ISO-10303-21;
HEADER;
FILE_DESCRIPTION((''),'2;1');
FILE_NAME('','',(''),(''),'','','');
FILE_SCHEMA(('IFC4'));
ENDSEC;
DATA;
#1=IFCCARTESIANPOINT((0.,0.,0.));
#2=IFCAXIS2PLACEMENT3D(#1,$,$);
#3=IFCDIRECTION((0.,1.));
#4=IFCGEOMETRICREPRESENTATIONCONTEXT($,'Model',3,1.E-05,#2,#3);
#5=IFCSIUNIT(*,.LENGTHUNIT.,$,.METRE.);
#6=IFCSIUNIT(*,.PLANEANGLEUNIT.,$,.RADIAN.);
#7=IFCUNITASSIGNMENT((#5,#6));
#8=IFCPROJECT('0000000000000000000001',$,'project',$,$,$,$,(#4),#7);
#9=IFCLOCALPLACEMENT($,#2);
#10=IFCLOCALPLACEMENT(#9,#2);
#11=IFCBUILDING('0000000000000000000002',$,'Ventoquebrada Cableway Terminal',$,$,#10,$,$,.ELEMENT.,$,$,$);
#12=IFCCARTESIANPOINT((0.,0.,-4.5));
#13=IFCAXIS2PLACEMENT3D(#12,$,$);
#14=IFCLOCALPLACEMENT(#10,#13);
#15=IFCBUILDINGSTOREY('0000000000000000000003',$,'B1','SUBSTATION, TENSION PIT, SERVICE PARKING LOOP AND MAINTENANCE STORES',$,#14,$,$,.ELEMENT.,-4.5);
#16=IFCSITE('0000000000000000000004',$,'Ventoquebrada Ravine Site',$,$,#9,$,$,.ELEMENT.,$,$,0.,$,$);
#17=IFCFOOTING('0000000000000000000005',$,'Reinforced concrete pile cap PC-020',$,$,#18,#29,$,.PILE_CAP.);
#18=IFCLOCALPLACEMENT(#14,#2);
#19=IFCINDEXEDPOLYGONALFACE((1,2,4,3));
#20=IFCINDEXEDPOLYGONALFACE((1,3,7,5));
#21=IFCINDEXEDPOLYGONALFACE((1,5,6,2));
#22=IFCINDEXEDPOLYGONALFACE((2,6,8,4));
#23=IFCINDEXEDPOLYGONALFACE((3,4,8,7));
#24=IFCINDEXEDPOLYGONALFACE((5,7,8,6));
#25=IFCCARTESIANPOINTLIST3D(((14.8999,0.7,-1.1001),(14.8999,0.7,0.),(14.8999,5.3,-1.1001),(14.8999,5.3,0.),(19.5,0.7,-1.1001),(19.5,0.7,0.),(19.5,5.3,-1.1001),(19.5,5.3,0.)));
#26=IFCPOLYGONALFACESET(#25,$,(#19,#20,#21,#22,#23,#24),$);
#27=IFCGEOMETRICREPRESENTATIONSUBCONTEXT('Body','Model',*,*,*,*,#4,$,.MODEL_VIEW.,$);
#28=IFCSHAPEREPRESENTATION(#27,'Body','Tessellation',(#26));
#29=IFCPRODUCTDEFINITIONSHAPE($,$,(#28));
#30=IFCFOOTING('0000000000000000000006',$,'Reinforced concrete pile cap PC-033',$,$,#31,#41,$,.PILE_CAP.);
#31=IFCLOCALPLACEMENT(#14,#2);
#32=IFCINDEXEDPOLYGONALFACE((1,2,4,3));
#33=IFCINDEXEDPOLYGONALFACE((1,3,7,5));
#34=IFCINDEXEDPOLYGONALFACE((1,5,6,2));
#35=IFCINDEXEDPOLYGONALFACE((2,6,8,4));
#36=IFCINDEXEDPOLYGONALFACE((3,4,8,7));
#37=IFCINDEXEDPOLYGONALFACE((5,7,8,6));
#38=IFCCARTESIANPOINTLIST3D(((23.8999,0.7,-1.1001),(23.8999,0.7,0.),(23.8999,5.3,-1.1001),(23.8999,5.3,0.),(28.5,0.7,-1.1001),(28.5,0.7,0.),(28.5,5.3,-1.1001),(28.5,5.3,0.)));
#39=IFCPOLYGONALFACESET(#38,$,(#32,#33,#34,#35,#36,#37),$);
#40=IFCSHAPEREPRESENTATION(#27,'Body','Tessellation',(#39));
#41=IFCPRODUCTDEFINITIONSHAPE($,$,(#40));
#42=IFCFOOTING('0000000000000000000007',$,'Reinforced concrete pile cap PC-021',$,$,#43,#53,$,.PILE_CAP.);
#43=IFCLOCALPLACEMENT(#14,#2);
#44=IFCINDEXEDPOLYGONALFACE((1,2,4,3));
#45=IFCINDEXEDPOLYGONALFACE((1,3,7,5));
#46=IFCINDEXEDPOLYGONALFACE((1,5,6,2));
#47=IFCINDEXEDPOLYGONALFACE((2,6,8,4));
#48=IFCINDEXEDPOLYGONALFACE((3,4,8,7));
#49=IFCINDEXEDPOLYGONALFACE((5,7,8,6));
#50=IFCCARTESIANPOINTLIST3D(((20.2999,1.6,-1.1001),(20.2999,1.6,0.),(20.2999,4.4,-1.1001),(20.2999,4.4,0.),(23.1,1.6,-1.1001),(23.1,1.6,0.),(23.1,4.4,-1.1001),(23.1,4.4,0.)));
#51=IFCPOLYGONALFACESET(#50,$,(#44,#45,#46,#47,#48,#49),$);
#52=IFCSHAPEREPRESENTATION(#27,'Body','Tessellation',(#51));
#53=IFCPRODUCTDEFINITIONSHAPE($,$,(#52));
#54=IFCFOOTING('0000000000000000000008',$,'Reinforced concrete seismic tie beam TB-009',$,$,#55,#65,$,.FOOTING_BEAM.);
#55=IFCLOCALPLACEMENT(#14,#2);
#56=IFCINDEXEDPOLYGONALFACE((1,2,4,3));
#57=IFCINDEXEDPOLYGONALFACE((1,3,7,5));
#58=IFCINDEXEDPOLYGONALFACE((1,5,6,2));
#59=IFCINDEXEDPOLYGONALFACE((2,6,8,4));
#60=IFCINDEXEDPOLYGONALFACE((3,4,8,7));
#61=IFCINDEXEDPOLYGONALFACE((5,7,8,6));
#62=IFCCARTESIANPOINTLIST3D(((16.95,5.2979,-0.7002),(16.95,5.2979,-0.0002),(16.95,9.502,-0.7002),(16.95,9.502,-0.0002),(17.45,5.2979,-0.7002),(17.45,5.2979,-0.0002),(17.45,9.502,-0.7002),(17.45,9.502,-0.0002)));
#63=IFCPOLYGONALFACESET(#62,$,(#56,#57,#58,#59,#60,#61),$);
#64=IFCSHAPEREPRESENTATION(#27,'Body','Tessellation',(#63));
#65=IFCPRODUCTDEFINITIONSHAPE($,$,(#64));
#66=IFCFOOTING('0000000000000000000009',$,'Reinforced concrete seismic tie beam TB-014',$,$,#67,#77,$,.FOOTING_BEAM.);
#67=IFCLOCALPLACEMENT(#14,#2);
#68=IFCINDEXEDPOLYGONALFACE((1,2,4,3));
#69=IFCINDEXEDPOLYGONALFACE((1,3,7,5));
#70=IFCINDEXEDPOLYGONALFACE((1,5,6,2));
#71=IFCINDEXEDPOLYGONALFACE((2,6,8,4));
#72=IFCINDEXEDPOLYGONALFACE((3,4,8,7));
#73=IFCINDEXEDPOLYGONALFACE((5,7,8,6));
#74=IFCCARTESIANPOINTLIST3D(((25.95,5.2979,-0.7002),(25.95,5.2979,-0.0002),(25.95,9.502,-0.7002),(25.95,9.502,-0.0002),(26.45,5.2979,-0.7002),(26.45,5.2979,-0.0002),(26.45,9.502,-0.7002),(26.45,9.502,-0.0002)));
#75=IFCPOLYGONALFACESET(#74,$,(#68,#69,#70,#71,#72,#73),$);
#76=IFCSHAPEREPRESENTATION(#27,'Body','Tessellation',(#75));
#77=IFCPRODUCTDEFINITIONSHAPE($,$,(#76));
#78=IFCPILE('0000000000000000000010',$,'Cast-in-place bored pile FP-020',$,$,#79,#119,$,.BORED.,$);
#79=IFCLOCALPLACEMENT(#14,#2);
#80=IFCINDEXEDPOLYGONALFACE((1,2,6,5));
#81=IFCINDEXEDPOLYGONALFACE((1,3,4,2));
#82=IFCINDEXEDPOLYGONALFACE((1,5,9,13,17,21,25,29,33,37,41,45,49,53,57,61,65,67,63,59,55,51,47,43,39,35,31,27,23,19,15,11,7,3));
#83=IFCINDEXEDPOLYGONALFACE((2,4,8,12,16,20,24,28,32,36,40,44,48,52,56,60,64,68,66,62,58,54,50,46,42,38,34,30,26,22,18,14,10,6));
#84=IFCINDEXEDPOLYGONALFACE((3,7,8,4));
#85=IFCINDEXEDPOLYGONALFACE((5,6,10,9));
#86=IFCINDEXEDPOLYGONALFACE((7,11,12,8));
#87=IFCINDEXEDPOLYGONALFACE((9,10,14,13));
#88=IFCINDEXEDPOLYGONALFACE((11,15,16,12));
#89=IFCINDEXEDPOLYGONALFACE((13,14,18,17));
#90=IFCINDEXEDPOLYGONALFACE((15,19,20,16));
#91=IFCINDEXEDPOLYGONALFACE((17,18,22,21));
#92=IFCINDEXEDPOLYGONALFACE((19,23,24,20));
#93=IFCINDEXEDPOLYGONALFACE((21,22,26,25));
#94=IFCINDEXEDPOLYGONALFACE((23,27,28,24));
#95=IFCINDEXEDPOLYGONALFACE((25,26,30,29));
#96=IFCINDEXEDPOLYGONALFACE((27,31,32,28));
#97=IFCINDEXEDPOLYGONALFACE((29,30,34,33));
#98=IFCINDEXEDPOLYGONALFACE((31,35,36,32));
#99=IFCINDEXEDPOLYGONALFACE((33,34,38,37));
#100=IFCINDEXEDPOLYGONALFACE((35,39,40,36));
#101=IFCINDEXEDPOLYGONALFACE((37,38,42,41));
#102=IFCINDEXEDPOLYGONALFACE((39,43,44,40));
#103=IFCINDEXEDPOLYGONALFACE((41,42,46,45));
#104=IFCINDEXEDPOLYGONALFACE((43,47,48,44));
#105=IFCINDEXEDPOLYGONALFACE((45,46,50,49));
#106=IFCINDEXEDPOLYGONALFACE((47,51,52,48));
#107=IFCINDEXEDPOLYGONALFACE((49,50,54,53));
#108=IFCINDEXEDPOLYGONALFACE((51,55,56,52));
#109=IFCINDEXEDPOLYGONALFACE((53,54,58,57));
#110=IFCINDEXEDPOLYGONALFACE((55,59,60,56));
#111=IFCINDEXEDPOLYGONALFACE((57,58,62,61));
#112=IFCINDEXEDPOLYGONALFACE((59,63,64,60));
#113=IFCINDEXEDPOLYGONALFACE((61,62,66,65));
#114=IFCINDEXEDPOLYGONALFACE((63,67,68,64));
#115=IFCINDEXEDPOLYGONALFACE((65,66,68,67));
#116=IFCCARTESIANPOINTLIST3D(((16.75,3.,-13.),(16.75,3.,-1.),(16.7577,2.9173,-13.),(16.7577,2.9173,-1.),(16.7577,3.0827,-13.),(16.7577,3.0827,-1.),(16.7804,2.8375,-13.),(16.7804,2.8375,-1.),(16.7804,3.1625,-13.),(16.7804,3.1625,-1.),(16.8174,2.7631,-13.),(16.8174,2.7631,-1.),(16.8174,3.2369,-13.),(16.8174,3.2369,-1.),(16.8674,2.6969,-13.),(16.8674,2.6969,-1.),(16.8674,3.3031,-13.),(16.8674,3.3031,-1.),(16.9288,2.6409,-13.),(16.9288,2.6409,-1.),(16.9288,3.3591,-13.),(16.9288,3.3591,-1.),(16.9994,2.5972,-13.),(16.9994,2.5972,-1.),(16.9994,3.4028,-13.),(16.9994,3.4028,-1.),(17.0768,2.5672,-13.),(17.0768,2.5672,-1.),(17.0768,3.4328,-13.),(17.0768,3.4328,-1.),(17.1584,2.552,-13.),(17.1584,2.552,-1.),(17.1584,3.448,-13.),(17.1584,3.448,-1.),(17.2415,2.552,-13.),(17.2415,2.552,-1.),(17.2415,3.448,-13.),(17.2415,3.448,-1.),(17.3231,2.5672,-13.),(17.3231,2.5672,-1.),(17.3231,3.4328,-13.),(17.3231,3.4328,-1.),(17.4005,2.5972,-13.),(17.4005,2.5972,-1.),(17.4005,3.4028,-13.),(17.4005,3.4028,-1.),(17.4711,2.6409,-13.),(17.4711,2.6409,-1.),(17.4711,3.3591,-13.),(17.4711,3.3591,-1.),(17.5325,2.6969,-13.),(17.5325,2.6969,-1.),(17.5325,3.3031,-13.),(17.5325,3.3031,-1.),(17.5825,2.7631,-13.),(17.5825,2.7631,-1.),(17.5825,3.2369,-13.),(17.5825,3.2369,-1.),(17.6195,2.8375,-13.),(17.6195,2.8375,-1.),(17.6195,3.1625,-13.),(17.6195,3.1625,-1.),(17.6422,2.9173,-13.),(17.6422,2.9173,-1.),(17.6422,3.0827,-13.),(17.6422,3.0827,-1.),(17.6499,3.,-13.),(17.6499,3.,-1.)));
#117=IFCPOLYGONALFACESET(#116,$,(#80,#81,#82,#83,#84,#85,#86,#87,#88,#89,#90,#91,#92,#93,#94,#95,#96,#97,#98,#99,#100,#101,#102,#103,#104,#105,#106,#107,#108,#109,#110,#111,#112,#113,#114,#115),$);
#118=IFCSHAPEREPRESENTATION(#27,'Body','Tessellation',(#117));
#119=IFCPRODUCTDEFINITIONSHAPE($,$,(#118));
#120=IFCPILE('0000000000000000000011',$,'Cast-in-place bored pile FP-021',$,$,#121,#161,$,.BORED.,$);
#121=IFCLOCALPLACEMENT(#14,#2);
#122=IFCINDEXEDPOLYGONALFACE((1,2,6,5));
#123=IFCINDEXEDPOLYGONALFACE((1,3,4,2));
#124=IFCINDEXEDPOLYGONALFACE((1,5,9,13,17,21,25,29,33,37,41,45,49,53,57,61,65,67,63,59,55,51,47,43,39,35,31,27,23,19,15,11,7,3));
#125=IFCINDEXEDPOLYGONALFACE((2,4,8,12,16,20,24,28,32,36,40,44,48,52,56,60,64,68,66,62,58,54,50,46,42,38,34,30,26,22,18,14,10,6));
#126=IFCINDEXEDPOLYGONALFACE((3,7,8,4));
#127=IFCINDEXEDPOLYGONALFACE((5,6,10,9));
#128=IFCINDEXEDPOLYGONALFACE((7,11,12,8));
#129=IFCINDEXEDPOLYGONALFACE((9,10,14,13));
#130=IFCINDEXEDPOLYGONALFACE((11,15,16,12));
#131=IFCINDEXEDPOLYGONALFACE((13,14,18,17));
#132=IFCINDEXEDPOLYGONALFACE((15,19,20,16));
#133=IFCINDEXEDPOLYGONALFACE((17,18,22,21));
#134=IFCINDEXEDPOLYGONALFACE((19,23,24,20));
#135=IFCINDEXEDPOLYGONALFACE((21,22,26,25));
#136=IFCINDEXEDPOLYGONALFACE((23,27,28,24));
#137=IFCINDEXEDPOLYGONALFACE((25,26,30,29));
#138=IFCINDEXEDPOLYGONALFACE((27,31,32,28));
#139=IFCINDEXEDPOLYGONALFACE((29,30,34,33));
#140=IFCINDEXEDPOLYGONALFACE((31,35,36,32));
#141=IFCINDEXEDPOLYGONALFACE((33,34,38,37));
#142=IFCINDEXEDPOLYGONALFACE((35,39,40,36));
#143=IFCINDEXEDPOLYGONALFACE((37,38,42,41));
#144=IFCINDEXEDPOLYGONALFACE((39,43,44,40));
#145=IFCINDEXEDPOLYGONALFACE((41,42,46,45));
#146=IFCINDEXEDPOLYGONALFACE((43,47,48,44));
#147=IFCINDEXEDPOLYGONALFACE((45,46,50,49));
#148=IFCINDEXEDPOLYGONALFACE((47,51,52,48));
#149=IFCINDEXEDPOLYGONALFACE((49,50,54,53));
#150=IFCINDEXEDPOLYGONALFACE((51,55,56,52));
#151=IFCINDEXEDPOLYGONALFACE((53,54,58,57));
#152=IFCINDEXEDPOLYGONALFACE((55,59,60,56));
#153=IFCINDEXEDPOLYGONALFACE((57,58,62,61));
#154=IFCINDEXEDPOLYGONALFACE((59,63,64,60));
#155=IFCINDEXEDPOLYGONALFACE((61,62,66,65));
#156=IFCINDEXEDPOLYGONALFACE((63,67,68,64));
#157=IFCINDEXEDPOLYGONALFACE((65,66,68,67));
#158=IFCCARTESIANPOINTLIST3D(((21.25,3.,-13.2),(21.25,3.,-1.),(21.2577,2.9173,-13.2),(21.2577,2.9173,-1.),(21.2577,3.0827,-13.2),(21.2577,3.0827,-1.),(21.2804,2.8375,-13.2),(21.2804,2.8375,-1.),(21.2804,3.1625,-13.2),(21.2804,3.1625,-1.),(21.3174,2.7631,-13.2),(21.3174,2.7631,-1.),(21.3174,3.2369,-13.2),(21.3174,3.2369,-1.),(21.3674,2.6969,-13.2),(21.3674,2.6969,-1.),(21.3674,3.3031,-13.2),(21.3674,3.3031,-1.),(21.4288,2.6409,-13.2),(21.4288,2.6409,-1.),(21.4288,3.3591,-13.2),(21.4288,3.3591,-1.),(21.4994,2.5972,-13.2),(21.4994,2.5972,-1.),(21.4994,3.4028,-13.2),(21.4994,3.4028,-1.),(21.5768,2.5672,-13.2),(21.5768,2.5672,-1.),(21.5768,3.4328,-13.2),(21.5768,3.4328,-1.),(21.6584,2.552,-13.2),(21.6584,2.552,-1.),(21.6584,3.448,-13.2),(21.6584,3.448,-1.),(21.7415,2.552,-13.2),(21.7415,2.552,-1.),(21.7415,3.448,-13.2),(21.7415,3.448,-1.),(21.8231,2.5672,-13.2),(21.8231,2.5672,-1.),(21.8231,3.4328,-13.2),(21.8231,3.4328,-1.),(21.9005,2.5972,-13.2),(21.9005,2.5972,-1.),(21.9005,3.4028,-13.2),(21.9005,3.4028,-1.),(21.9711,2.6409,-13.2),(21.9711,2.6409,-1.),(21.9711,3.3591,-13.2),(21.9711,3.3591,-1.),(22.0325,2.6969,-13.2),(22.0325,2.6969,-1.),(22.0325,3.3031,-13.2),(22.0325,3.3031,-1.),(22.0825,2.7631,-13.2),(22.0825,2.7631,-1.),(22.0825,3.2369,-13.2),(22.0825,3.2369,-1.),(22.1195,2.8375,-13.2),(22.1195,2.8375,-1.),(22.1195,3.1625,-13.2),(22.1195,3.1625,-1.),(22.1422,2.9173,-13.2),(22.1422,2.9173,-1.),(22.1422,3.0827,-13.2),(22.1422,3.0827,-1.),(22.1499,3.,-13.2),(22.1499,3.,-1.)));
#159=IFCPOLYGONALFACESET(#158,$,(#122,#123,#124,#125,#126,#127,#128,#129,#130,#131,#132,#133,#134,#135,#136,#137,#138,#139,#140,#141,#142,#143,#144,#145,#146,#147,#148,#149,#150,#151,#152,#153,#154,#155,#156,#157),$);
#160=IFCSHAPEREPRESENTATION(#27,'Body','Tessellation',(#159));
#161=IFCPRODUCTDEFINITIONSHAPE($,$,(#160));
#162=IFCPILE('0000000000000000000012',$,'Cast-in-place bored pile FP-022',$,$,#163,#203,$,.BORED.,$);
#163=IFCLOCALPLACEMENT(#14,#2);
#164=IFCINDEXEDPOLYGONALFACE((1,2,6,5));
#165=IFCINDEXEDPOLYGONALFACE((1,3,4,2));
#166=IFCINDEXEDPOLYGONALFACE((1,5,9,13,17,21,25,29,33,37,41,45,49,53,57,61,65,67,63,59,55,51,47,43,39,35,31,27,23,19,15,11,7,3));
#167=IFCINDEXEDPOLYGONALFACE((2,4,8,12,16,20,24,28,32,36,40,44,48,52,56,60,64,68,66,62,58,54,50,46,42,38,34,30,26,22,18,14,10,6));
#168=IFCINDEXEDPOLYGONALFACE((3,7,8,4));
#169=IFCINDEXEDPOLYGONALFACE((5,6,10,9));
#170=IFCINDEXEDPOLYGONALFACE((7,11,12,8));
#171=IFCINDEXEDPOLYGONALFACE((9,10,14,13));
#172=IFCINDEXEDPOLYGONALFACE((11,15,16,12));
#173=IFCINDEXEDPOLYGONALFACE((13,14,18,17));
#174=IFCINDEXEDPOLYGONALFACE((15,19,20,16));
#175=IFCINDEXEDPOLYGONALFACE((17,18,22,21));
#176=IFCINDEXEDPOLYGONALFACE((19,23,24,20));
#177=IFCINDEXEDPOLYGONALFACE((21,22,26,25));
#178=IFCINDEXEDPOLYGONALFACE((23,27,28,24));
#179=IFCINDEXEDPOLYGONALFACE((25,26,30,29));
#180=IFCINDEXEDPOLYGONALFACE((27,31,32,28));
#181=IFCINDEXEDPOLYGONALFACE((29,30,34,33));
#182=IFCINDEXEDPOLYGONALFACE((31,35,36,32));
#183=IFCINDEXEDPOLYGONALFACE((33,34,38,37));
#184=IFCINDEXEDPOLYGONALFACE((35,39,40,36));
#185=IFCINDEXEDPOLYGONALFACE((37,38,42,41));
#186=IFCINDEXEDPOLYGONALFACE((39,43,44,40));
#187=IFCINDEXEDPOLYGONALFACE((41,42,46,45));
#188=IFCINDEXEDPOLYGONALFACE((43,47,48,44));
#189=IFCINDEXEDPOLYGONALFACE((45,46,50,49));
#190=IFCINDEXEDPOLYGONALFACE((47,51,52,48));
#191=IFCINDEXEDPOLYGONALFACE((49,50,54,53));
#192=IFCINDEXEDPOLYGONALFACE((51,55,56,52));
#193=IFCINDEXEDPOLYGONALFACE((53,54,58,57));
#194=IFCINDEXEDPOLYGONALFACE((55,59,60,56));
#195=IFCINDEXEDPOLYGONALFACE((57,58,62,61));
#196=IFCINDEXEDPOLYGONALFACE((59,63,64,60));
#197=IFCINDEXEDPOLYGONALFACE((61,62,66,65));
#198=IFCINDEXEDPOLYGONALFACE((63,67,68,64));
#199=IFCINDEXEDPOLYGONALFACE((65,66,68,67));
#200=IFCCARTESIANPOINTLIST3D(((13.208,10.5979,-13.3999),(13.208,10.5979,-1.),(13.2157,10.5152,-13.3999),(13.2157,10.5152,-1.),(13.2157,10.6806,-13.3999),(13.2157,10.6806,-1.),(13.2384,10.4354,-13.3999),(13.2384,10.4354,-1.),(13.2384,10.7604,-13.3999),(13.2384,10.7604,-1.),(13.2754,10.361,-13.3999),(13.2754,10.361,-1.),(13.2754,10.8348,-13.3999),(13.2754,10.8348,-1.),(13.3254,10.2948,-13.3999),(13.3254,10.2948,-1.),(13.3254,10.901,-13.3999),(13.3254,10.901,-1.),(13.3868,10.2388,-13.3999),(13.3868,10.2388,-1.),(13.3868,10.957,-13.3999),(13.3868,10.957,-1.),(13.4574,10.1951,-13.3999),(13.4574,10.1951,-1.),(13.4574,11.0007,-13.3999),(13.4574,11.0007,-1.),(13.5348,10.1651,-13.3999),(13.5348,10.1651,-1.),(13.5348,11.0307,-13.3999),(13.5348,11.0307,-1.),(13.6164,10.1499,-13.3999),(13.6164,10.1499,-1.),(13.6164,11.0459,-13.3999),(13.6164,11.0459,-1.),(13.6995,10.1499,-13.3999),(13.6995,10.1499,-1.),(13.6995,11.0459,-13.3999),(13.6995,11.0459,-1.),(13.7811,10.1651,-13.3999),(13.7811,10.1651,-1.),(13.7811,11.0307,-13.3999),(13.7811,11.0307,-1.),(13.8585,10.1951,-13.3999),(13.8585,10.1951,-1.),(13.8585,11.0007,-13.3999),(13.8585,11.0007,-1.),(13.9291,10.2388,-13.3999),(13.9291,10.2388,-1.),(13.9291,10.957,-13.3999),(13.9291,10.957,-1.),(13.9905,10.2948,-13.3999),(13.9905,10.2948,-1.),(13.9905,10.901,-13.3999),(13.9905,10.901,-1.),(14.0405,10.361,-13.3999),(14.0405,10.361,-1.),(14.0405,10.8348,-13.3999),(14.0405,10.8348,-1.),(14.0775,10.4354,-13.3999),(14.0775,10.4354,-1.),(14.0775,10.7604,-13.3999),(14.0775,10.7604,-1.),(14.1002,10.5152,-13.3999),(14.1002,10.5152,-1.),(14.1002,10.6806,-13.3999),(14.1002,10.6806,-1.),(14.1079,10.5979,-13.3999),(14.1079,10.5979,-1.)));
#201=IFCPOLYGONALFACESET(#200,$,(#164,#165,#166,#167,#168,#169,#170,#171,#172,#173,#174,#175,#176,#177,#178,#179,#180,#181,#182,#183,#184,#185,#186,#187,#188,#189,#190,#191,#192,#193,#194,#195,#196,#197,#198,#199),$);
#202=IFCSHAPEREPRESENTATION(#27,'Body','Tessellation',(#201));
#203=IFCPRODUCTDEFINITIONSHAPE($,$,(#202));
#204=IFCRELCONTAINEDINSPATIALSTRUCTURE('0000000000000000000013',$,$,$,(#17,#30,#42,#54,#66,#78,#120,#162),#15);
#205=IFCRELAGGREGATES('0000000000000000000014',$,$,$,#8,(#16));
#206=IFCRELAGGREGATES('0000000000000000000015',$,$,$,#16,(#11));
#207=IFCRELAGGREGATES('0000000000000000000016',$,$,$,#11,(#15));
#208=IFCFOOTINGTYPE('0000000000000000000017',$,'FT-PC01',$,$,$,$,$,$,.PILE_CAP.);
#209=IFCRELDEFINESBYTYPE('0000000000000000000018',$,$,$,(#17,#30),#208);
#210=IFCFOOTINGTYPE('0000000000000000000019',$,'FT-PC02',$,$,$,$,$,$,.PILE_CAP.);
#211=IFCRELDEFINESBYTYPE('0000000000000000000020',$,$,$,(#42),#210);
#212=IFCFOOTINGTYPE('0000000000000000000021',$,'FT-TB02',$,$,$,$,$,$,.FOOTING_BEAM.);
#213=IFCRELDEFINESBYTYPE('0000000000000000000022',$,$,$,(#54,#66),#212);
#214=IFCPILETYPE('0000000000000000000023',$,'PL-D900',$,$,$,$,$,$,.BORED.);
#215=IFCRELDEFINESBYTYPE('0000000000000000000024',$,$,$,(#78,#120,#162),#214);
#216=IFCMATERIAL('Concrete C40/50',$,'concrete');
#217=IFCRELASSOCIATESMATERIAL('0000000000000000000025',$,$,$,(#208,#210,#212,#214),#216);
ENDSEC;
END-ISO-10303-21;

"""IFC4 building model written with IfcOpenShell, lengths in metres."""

from ifc_helpers import new_model, si_unit, direction, frame, origin, origin_2d, place, context, subcontext, project, spatial, rectangle, circle, extrude, material, material_profile, profile_set, type_object, element, save


model = new_model("IFC4")

# Units and contexts
model_context = context("Model", 3, precision=1e-05, world=origin(), true_north=direction((0.0, 1.0)))
body_context = subcontext(model_context, "Body", "Model", "MODEL_VIEW")
ifc_project = project(units=[si_unit("LENGTHUNIT", "METRE"), si_unit("PLANEANGLEUNIT", "RADIAN")], contexts=[model_context])

# Site, building, storey
site_placement = place(None, origin())
site = spatial("IfcSite", under=ifc_project, at=site_placement, Name="Ventoquebrada Ravine Site", CompositionType="ELEMENT", RefElevation=0.0)
building_placement = place(site_placement, origin())
building = spatial("IfcBuilding", under=site, at=building_placement, Name="Ventoquebrada Cableway Terminal", CompositionType="ELEMENT")
storey_placement = place(building_placement, frame((0.0, 0.0, -4.5)))
storey = spatial("IfcBuildingStorey", under=building, at=storey_placement, Name="B1", Description="SUBSTATION, TENSION PIT, SERVICE PARKING LOOP AND MAINTENANCE STORES", CompositionType="ELEMENT", Elevation=-4.5)

# Footings
ifc_material = material(Name="Concrete C40/50", Category="concrete")
footing_type_1 = type_object("IfcFootingType", Name="FT-PC01", PredefinedType="PILE_CAP", material=ifc_material)
for number, where, z_axis, x_axis, name in (
    (1, (17.2, 3.0, -1.1001), (0.0, 0.0, 1.0), (1.0, 0.0, 0.0), "Reinforced concrete pile cap PC-020"),
    (2, (26.2, 3.0, -1.1001), (0.0, 0.0, 1.0), (1.0, 0.0, 0.0), "Reinforced concrete pile cap PC-033"),
):
    element("IfcFooting", number, at=place(storey_placement, frame(where, z_axis=z_axis, x_axis=x_axis)), inside=storey, type_object=footing_type_1, Name=name, PredefinedType="PILE_CAP", context=body_context, shape_type="SweptSolid", body=[
        extrude(rectangle(XDim=4.6001, YDim=4.6001, at=origin_2d()), origin(), (0.0, 0.0, 1.0), 1.1001),
    ])
footing_type_2 = type_object("IfcFootingType", Name="FT-PC02", PredefinedType="PILE_CAP", material=ifc_material)
footing_placement = place(storey_placement, frame((21.7, 3.0, -1.1001), z_axis=(0.0, 0.0, 1.0), x_axis=(1.0, 0.0, 0.0)))
element("IfcFooting", 3, at=footing_placement, inside=storey, type_object=footing_type_2, Name="Reinforced concrete pile cap PC-021", PredefinedType="PILE_CAP", context=body_context, shape_type="SweptSolid", body=[
    extrude(rectangle(XDim=2.8, YDim=2.8, at=origin_2d()), origin(), (0.0, 0.0, 1.0), 1.1001),
])
footing_type_3 = type_object("IfcFootingType", Name="FT-TB02", PredefinedType="FOOTING_BEAM", material=ifc_material)
for number, where, z_axis, x_axis, name in (
    (4, (17.2, 7.3999, -0.7002), (0.0, 0.0, 1.0), (0.0, 1.0, 0.0), "Reinforced concrete seismic tie beam TB-009"),
    (5, (26.2, 7.3999, -0.7002), (0.0, 0.0, 1.0), (0.0, 1.0, 0.0), "Reinforced concrete seismic tie beam TB-014"),
):
    element("IfcFooting", number, at=place(storey_placement, frame(where, z_axis=z_axis, x_axis=x_axis)), inside=storey, type_object=footing_type_3, Name=name, PredefinedType="FOOTING_BEAM", context=body_context, shape_type="SweptSolid", body=[
        extrude(rectangle(XDim=4.2041, YDim=0.5, at=origin_2d()), origin(), (0.0, 0.0, 1.0), 0.7),
    ])

# Piles
ifc_material_profile_1 = material_profile(ifc_material, circle(Radius=0.45, at=origin_2d()), Name="PILE-D900")
ifc_profile_set_1 = profile_set([ifc_material_profile_1], Name="Concrete C40/50")
pile_type = type_object("IfcPileType", Name="PL-D900", PredefinedType="BORED", material=ifc_profile_set_1)
pile_1_placement = place(storey_placement, frame((17.2, 3.0, -1.0), z_axis=(0.0, 0.0, -1.0), x_axis=(1.0, 0.0, 0.0)))
element("IfcPile", 6, at=pile_1_placement, inside=storey, type_object=pile_type, Name="Cast-in-place bored pile FP-020", PredefinedType="BORED", context=body_context, shape_type="SweptSolid", body=[
    extrude(circle(Radius=0.45, at=origin_2d()), origin(), (0.0, 0.0, 1.0), 12.0),
])
pile_2_placement = place(storey_placement, frame((21.7, 3.0, -1.0), z_axis=(0.0, 0.0, -1.0), x_axis=(1.0, 0.0, 0.0)))
element("IfcPile", 7, at=pile_2_placement, inside=storey, type_object=pile_type, Name="Cast-in-place bored pile FP-021", PredefinedType="BORED", context=body_context, shape_type="SweptSolid", body=[
    extrude(circle(Radius=0.45, at=origin_2d()), origin(), (0.0, 0.0, 1.0), 12.2),
])
for number, where, z_axis, x_axis, name in (
    (8, (13.658, 10.5979, -1.0), (0.0, 0.0, -1.0), (1.0, 0.0, 0.0), "Cast-in-place bored pile FP-022"),
):
    element("IfcPile", number, at=place(storey_placement, frame(where, z_axis=z_axis, x_axis=x_axis)), inside=storey, type_object=pile_type, Name=name, PredefinedType="BORED", context=body_context, shape_type="SweptSolid", body=[
        extrude(circle(Radius=0.45, at=origin_2d()), origin(), (0.0, 0.0, 1.0), 12.3999),
    ])

save(model, "model.ifc")
